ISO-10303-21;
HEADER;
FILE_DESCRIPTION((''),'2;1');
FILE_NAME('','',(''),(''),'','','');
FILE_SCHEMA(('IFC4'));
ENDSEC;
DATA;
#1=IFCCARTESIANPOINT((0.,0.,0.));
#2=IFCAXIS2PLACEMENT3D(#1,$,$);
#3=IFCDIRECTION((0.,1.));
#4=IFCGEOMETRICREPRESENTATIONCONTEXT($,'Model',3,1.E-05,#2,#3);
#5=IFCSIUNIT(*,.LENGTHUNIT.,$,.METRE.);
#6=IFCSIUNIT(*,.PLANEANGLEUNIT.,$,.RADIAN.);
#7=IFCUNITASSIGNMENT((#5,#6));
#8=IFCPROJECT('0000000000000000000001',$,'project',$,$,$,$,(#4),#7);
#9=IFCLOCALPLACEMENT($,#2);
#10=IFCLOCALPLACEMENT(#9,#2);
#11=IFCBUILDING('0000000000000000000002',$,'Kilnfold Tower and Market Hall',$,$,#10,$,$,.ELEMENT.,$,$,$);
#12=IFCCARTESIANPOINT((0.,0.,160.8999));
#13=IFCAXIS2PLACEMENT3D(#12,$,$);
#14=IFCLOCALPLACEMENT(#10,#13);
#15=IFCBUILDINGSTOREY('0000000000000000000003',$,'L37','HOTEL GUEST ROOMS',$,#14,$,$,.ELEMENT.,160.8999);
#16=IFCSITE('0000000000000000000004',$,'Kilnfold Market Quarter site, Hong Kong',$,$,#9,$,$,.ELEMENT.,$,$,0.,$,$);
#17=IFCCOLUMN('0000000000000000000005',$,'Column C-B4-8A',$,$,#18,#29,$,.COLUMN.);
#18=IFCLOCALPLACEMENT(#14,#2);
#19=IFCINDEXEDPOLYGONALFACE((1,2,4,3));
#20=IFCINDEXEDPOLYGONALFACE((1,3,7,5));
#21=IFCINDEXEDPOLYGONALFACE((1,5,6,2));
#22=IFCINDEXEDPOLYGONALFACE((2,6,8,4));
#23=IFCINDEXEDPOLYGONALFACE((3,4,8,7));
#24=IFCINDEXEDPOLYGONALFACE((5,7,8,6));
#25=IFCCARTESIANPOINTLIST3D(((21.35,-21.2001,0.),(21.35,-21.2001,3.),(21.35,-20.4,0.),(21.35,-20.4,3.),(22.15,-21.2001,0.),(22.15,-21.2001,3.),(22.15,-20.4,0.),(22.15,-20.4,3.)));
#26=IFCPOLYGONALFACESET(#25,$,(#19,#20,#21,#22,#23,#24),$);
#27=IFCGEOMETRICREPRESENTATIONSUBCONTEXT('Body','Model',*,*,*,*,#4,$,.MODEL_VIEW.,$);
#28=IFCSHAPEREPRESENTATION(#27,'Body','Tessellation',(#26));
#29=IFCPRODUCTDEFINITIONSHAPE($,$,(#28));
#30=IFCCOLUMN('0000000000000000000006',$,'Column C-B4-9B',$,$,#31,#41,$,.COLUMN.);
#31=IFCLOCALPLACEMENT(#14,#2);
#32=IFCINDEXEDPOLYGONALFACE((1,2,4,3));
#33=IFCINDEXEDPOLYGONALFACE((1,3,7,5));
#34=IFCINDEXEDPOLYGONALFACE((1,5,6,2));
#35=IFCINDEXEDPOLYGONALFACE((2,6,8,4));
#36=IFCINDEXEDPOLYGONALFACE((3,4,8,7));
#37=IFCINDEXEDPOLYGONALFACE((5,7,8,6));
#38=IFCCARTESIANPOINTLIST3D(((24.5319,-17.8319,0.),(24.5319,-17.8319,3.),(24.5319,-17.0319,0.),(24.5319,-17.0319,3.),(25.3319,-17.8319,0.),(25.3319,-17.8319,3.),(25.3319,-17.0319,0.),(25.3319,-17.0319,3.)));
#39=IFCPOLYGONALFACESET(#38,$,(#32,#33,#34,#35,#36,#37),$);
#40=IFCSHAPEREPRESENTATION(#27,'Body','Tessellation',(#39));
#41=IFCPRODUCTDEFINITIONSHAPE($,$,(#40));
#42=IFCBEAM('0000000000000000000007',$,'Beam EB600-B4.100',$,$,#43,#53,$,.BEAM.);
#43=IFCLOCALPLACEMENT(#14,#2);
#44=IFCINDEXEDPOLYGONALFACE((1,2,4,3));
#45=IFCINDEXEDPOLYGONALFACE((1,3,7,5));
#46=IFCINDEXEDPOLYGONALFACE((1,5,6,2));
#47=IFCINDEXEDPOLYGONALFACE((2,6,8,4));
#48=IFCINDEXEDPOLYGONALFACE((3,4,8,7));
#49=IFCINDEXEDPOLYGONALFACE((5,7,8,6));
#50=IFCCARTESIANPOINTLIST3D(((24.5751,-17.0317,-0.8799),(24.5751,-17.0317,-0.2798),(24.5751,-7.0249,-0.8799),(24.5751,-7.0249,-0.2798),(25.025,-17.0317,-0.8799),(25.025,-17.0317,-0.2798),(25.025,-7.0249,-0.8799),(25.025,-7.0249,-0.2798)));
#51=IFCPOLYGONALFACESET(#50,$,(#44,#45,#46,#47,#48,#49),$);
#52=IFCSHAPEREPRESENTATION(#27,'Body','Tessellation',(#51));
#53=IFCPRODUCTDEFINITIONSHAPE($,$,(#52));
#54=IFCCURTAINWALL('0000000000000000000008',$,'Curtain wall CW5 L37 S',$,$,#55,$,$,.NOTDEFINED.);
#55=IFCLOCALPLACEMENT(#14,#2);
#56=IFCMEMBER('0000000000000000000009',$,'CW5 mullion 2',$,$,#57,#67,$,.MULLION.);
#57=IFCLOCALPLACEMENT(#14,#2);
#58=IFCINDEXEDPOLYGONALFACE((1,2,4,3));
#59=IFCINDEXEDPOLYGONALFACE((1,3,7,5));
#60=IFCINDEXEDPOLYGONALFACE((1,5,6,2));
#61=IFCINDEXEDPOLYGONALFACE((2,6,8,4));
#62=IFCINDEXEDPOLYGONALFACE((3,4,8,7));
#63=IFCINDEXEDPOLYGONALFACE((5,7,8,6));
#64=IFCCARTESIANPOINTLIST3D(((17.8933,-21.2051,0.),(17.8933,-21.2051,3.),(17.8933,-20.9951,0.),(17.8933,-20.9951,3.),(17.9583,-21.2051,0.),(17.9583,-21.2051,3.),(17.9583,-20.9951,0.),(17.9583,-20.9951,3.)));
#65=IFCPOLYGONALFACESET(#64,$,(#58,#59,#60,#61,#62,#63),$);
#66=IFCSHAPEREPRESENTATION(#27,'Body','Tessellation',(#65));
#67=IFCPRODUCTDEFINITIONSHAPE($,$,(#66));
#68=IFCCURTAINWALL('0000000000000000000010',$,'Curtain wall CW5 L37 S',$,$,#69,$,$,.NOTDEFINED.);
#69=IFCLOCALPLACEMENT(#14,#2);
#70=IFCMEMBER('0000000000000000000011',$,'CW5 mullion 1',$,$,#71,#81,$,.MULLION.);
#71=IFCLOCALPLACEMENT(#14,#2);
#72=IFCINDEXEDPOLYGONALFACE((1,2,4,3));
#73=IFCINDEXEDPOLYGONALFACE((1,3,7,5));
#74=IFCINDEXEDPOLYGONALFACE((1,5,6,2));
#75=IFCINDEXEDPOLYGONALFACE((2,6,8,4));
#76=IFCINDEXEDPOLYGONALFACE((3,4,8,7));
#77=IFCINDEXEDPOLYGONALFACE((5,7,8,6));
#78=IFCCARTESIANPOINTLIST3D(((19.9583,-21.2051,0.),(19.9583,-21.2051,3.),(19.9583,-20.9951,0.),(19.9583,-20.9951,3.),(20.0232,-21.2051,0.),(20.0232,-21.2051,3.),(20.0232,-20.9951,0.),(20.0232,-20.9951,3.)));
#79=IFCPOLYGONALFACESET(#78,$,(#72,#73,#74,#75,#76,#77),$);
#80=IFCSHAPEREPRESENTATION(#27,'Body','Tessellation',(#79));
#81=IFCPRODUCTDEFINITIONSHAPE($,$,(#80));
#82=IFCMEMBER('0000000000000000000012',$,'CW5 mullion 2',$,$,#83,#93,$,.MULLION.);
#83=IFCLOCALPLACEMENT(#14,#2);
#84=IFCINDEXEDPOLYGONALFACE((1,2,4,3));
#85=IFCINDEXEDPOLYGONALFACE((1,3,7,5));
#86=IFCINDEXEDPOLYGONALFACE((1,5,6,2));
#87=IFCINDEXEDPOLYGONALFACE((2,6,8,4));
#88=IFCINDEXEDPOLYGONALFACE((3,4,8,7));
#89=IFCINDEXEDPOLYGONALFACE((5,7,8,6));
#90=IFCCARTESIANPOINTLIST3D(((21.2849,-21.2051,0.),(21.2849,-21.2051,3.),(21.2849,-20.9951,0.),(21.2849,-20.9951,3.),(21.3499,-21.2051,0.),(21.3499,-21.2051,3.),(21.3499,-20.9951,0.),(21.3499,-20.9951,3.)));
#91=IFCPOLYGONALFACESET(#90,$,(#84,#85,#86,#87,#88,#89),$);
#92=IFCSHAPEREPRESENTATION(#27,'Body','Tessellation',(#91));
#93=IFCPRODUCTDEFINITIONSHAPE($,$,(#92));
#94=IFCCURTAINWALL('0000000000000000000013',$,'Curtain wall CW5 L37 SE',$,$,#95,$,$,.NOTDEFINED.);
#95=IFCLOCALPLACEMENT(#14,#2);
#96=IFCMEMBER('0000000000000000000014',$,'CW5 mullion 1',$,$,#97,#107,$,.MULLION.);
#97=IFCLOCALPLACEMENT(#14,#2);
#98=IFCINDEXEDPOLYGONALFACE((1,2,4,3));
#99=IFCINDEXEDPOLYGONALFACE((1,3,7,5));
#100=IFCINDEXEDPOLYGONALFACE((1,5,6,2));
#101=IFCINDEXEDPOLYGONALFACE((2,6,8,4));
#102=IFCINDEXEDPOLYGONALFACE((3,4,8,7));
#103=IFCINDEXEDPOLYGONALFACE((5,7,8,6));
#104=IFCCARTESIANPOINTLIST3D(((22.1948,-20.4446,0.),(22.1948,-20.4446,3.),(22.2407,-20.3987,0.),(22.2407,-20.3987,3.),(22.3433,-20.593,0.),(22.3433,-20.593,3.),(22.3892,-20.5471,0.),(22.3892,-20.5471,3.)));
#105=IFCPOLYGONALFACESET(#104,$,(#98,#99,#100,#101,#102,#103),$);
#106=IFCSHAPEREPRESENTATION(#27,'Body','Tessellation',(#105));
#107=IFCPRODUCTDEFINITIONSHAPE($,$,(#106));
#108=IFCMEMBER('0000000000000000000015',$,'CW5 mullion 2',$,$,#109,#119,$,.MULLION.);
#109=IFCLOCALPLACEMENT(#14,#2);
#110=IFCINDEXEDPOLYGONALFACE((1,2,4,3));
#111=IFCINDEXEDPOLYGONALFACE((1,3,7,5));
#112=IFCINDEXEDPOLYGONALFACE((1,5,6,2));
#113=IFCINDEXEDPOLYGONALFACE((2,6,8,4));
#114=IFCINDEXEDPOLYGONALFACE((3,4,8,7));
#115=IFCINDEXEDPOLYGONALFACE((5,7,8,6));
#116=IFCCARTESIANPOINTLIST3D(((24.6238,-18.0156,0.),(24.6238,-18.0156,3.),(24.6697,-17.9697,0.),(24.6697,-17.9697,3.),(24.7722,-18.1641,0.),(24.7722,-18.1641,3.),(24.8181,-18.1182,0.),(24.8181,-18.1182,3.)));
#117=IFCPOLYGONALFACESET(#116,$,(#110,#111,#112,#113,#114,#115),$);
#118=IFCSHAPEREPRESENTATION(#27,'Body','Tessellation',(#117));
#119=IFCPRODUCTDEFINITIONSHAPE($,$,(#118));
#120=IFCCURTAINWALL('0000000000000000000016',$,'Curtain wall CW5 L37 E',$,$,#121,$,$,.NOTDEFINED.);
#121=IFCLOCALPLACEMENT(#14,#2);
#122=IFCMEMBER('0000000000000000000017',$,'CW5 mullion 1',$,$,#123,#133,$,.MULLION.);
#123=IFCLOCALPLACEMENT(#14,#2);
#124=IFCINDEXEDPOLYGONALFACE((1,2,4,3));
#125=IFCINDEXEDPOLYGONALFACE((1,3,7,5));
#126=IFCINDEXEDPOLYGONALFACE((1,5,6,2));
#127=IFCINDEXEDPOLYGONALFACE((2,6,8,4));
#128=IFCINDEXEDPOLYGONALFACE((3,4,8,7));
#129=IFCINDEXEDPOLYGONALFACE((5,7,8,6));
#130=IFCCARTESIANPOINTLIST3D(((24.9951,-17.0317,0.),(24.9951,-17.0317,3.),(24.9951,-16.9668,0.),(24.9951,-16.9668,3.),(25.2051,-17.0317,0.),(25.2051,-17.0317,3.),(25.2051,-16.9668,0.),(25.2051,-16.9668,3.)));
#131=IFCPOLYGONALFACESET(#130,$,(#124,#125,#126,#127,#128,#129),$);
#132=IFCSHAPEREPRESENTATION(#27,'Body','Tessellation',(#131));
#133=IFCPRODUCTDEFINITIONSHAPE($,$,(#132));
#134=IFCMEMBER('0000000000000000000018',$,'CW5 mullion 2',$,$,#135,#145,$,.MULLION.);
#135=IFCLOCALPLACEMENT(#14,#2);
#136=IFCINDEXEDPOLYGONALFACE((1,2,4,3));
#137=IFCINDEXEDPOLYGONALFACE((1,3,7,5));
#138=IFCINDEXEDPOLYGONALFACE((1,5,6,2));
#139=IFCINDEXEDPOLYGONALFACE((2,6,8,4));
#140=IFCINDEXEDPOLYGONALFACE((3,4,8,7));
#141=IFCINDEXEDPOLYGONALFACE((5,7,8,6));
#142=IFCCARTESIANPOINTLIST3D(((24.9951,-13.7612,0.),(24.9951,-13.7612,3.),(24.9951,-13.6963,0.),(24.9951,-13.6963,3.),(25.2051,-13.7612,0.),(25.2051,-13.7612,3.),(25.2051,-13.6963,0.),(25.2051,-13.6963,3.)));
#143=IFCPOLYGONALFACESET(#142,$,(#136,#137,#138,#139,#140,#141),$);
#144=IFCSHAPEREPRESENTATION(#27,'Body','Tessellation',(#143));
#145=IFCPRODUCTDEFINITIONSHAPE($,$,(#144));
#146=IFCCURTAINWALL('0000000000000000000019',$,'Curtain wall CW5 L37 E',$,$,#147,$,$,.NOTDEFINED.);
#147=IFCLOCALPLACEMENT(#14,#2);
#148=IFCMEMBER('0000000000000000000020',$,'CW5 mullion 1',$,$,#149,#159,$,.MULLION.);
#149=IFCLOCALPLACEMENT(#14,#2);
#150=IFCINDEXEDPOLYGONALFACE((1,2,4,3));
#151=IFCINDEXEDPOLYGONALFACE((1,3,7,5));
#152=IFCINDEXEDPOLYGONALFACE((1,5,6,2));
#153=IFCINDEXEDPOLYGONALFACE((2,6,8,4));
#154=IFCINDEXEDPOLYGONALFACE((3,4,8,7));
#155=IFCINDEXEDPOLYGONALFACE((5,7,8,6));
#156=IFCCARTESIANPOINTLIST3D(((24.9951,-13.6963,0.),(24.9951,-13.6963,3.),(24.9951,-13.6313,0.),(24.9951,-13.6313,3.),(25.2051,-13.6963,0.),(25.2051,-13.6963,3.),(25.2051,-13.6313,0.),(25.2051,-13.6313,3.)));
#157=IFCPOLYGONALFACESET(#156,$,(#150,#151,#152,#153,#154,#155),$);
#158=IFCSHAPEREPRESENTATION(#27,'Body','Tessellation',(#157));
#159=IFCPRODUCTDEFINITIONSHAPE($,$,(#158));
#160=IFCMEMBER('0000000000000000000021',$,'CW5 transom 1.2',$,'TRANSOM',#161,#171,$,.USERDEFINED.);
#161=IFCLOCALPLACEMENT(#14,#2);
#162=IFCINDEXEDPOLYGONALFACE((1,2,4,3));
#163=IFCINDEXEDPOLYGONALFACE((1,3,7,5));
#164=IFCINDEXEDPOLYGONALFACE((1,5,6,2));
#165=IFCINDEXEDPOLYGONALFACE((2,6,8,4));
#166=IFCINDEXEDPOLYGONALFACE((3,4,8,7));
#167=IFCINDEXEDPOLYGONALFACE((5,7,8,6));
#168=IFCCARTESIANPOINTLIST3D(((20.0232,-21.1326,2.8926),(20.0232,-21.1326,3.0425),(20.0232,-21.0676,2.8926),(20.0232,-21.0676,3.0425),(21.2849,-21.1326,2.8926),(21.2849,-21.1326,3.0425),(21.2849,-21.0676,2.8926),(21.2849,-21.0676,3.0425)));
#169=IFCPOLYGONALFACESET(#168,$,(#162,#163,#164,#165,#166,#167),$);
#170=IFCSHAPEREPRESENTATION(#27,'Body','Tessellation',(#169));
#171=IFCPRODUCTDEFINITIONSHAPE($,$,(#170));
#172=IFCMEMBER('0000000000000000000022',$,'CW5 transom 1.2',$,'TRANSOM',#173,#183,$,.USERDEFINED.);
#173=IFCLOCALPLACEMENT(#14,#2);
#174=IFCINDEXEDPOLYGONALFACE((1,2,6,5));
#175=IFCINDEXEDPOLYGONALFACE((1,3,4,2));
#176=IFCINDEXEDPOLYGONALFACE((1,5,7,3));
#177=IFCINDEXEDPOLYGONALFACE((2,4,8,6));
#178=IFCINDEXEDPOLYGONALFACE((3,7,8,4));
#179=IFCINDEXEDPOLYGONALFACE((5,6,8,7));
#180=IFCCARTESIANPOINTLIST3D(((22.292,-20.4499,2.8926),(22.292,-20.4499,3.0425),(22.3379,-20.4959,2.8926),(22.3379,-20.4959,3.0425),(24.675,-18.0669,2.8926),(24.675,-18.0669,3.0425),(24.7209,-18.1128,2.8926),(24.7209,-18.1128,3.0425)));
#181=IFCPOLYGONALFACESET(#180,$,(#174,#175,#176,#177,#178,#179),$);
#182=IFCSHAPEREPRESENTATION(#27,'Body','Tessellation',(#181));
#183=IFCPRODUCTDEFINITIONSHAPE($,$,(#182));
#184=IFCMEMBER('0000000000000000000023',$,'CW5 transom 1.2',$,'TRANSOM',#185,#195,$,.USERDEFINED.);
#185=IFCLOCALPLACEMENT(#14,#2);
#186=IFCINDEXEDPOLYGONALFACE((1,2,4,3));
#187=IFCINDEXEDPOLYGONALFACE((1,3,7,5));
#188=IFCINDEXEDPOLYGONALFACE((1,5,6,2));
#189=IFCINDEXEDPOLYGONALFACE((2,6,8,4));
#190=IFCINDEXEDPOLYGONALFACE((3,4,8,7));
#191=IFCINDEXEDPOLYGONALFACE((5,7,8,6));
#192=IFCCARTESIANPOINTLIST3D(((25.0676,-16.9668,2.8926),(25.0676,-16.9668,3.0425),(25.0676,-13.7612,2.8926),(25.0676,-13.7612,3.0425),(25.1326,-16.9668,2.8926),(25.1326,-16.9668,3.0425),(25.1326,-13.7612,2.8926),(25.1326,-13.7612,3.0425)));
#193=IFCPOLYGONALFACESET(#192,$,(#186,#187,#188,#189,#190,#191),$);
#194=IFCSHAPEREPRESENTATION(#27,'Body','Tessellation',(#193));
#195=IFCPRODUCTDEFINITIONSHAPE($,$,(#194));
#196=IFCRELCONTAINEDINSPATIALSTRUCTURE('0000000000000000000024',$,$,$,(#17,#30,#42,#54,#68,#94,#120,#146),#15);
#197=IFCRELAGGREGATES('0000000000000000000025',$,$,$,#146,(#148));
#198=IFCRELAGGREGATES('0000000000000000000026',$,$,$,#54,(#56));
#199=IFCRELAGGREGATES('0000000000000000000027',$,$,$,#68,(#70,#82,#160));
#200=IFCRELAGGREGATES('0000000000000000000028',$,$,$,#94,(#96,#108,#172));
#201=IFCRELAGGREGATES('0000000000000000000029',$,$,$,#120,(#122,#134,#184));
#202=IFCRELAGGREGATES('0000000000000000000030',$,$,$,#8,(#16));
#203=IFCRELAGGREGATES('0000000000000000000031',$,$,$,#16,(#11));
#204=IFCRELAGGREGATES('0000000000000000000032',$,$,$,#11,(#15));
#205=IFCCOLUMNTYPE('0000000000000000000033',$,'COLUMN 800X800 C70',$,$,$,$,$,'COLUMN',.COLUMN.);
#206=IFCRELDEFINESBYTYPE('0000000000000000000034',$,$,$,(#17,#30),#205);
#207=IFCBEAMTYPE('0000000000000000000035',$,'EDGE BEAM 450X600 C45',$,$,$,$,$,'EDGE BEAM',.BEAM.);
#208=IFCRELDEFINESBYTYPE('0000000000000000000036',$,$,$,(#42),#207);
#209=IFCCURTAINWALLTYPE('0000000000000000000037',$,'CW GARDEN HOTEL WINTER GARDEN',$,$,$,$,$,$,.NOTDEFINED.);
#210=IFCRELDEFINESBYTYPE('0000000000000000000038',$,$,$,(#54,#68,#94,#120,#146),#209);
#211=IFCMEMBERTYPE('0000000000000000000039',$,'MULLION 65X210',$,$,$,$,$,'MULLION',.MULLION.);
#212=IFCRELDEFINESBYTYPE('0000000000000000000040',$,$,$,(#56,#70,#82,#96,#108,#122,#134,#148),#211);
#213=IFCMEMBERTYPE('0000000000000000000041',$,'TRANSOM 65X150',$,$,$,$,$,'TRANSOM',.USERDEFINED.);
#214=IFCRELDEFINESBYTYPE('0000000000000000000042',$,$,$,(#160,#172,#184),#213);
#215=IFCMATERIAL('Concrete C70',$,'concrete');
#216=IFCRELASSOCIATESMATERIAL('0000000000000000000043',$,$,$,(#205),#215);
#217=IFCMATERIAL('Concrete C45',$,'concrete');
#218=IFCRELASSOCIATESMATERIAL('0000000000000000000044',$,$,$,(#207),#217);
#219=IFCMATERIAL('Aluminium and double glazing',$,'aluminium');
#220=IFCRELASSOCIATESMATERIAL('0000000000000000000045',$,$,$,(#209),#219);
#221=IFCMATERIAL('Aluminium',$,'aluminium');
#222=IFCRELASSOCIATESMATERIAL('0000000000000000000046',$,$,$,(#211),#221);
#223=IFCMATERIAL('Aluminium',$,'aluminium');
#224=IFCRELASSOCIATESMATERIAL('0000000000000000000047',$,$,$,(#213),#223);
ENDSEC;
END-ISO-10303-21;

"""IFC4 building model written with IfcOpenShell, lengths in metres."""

from ifc_helpers import new_model, si_unit, direction, frame, origin, origin_2d, place, context, subcontext, project, spatial, rectangle, extrude, source, transform, mapped, material, material_profile, profile_set, type_object, element, aggregate, save


model = new_model("IFC4")

# Units and contexts
model_context = context("Model", 3, precision=1e-05, world=origin(), true_north=direction((0.0, 1.0)))
body_context = subcontext(model_context, "Body", "Model", "MODEL_VIEW")
ifc_project = project(units=[si_unit("LENGTHUNIT", "METRE"), si_unit("PLANEANGLEUNIT", "RADIAN")], contexts=[model_context])

# Site, building, storey
site_placement = place(None, origin())
site = spatial("IfcSite", under=ifc_project, at=site_placement, Name="Kilnfold Market Quarter site, Hong Kong", CompositionType="ELEMENT", RefElevation=0.0)
building_placement = place(site_placement, origin())
building = spatial("IfcBuilding", under=site, at=building_placement, Name="Kilnfold Tower and Market Hall", CompositionType="ELEMENT")
storey_placement = place(building_placement, frame((0.0, 0.0, 160.8999)))
storey = spatial("IfcBuildingStorey", under=building, at=storey_placement, Name="L37", Description="HOTEL GUEST ROOMS", CompositionType="ELEMENT", Elevation=160.8999)

# Columns
ifc_material_1 = material(Name="Concrete C70", Category="concrete")
ifc_material_profile_1 = material_profile(ifc_material_1, rectangle(XDim=0.8, YDim=0.8, at=origin_2d()), Name="RC 800x800")
ifc_profile_set_1 = profile_set([ifc_material_profile_1], Name="Concrete C70")
column_type = type_object("IfcColumnType", Name="COLUMN 800X800 C70", ElementType="COLUMN", PredefinedType="COLUMN", material=ifc_profile_set_1)
shared_shape_1 = source(origin(), body_context, "Body", "SweptSolid", [
    extrude(rectangle(XDim=0.8, YDim=0.8, at=origin_2d()), origin(), (0.0, 0.0, 1.0), 3.0),
])
for number, where, z_axis, x_axis, name in (
    (1, (21.75, -20.8, 0.0), (0.0, 0.0, 1.0), (1.0, 0.0, 0.0), "Column C-B4-8A"),
    (2, (24.9319, -17.4319, 0.0), (0.0, 0.0, 1.0), (1.0, 0.0, 0.0), "Column C-B4-9B"),
):
    element("IfcColumn", number, at=place(storey_placement, frame(where, z_axis=z_axis, x_axis=x_axis)), inside=storey, type_object=column_type, Name=name, PredefinedType="COLUMN", context=body_context, shape_type="MappedRepresentation", body=[
        mapped(shared_shape_1, transform((0.0, 0.0, 0.0))),
    ])

# Beam
ifc_material_2 = material(Name="Concrete C45", Category="concrete")
ifc_material_profile_2 = material_profile(ifc_material_2, rectangle(XDim=0.45, YDim=0.6001, at=origin_2d()), Name="RC 450x600")
ifc_profile_set_2 = profile_set([ifc_material_profile_2], Name="Concrete C45")
beam_type = type_object("IfcBeamType", Name="EDGE BEAM 450X600 C45", ElementType="EDGE BEAM", PredefinedType="BEAM", material=ifc_profile_set_2)
shared_shape_2 = source(origin(), body_context, "Body", "SweptSolid", [
    extrude(rectangle(XDim=0.45, YDim=0.6001, at=origin_2d()), origin(), (0.0, 0.0, 1.0), 10.0068),
])
beam_placement = place(storey_placement, frame((24.8, -17.0317, -0.5798), z_axis=(0.0, 1.0, 0.0), x_axis=(-1.0, 0.0, 0.0)))
element("IfcBeam", 3, at=beam_placement, inside=storey, type_object=beam_type, Name="Beam EB600-B4.100", PredefinedType="BEAM", context=body_context, shape_type="MappedRepresentation", body=[
    mapped(shared_shape_2, transform((0.0, 0.0, 0.0))),
])

# Curtain wall, member
ifc_material_3 = material(Name="Aluminium and double glazing", Category="aluminium")
curtain_wall_type = type_object("IfcCurtainWallType", Name="CW GARDEN HOTEL WINTER GARDEN", PredefinedType="NOTDEFINED", material=ifc_material_3)
curtain_wall_1_placement = place(storey_placement, origin())
curtain_wall_1 = element("IfcCurtainWall", 4, at=curtain_wall_1_placement, inside=storey, type_object=curtain_wall_type, Name="Curtain wall CW5 L37 S", PredefinedType="NOTDEFINED")
ifc_material_4 = material(Name="Aluminium", Category="aluminium")
ifc_material_profile_3 = material_profile(ifc_material_4, rectangle(XDim=0.0649, YDim=0.21, at=origin_2d()), Name="MULLION 65x210")
ifc_profile_set_3 = profile_set([ifc_material_profile_3], Name="Aluminium")
member_type_1 = type_object("IfcMemberType", Name="MULLION 65X210", ElementType="MULLION", PredefinedType="MULLION", material=ifc_profile_set_3)
shared_shape_3 = source(origin(), body_context, "Body", "SweptSolid", [
    extrude(rectangle(XDim=0.0649, YDim=0.21, at=origin_2d()), origin(), (0.0, 0.0, 1.0), 3.0),
])
member_1_placement = place(storey_placement, frame((17.9258, -21.1001, 0.0), z_axis=(0.0, 0.0, 1.0), x_axis=(1.0, 0.0, 0.0)))
member_1 = element("IfcMember", 5, at=member_1_placement, type_object=member_type_1, Name="CW5 mullion 2", PredefinedType="MULLION", context=body_context, shape_type="MappedRepresentation", body=[
    mapped(shared_shape_3, transform((0.0, 0.0, 0.0))),
])

# Curtain walls, members
curtain_wall_2_placement = place(storey_placement, origin())
curtain_wall_2 = element("IfcCurtainWall", 6, at=curtain_wall_2_placement, inside=storey, type_object=curtain_wall_type, Name="Curtain wall CW5 L37 S", PredefinedType="NOTDEFINED")
member_2_placement = place(storey_placement, frame((19.9907, -21.1001, 0.0), z_axis=(0.0, 0.0, 1.0), x_axis=(1.0, 0.0, 0.0)))
member_2 = element("IfcMember", 7, at=member_2_placement, type_object=member_type_1, Name="CW5 mullion 1", PredefinedType="MULLION", context=body_context, shape_type="MappedRepresentation", body=[
    mapped(shared_shape_3, transform((0.0, 0.0, 0.0))),
])
member_3_placement = place(storey_placement, frame((21.3174, -21.1001, 0.0), z_axis=(0.0, 0.0, 1.0), x_axis=(1.0, 0.0, 0.0)))
member_3 = element("IfcMember", 8, at=member_3_placement, type_object=member_type_1, Name="CW5 mullion 2", PredefinedType="MULLION", context=body_context, shape_type="MappedRepresentation", body=[
    mapped(shared_shape_3, transform((0.0, 0.0, 0.0))),
])
curtain_wall_3_placement = place(storey_placement, origin())
curtain_wall_3 = element("IfcCurtainWall", 9, at=curtain_wall_3_placement, inside=storey, type_object=curtain_wall_type, Name="Curtain wall CW5 L37 SE", PredefinedType="NOTDEFINED")
member_4_placement = place(storey_placement, frame((22.292, -20.4958, 0.0), z_axis=(0.0, 0.0, 1.0), x_axis=(0.707121, 0.707092, 0.0)))
member_4 = element("IfcMember", 10, at=member_4_placement, type_object=member_type_1, Name="CW5 mullion 1", PredefinedType="MULLION", context=body_context, shape_type="MappedRepresentation", body=[
    mapped(shared_shape_3, transform((0.0, 0.0, 0.0))),
])
member_5_placement = place(storey_placement, frame((24.7209, -18.0669, 0.0), z_axis=(0.0, 0.0, 1.0), x_axis=(0.707121, 0.707092, 0.0)))
member_5 = element("IfcMember", 11, at=member_5_placement, type_object=member_type_1, Name="CW5 mullion 2", PredefinedType="MULLION", context=body_context, shape_type="MappedRepresentation", body=[
    mapped(shared_shape_3, transform((0.0, 0.0, 0.0))),
])
curtain_wall_4_placement = place(storey_placement, origin())
curtain_wall_4 = element("IfcCurtainWall", 12, at=curtain_wall_4_placement, inside=storey, type_object=curtain_wall_type, Name="Curtain wall CW5 L37 E", PredefinedType="NOTDEFINED")
member_6_placement = place(storey_placement, frame((25.1001, -16.9993, 0.0), z_axis=(0.0, 0.0, 1.0), x_axis=(0.0, 1.0, 0.0)))
member_6 = element("IfcMember", 13, at=member_6_placement, type_object=member_type_1, Name="CW5 mullion 1", PredefinedType="MULLION", context=body_context, shape_type="MappedRepresentation", body=[
    mapped(shared_shape_3, transform((0.0, 0.0, 0.0))),
])
member_7_placement = place(storey_placement, frame((25.1001, -13.7288, 0.0), z_axis=(0.0, 0.0, 1.0), x_axis=(0.0, 1.0, 0.0)))
member_7 = element("IfcMember", 14, at=member_7_placement, type_object=member_type_1, Name="CW5 mullion 2", PredefinedType="MULLION", context=body_context, shape_type="MappedRepresentation", body=[
    mapped(shared_shape_3, transform((0.0, 0.0, 0.0))),
])

# Curtain wall, member
curtain_wall_5_placement = place(storey_placement, origin())
curtain_wall_5 = element("IfcCurtainWall", 15, at=curtain_wall_5_placement, inside=storey, type_object=curtain_wall_type, Name="Curtain wall CW5 L37 E", PredefinedType="NOTDEFINED")
member_8_placement = place(storey_placement, frame((25.1001, -13.6638, 0.0), z_axis=(0.0, 0.0, 1.0), x_axis=(0.0, 1.0, 0.0)))
member_8 = element("IfcMember", 16, at=member_8_placement, type_object=member_type_1, Name="CW5 mullion 1", PredefinedType="MULLION", context=body_context, shape_type="MappedRepresentation", body=[
    mapped(shared_shape_3, transform((0.0, 0.0, 0.0))),
])

# Members
ifc_material_5 = material(Name="Aluminium", Category="aluminium")
ifc_material_profile_4 = material_profile(ifc_material_5, rectangle(XDim=0.0649, YDim=0.1499, at=origin_2d()), Name="TRANSOM 65x150")
ifc_profile_set_4 = profile_set([ifc_material_profile_4], Name="Aluminium")
member_type_2 = type_object("IfcMemberType", Name="TRANSOM 65X150", ElementType="TRANSOM", PredefinedType="USERDEFINED", material=ifc_profile_set_4)
shared_shape_4 = source(origin(), body_context, "Body", "SweptSolid", [
    extrude(rectangle(XDim=0.0649, YDim=0.1499, at=origin_2d()), origin(), (0.0, 0.0, 1.0), 1.2617),
])
member_9_placement = place(storey_placement, frame((20.0232, -21.1001, 2.9675), z_axis=(1.0, 0.0, 0.0), x_axis=(0.0, 1.0, 0.0)))
member_9 = element("IfcMember", 17, at=member_9_placement, type_object=member_type_2, Name="CW5 transom 1.2", ObjectType="TRANSOM", PredefinedType="USERDEFINED", context=body_context, shape_type="MappedRepresentation", body=[
    mapped(shared_shape_4, transform((0.0, 0.0, 0.0))),
])
shared_shape_5 = source(origin(), body_context, "Body", "SweptSolid", [
    extrude(rectangle(XDim=0.0649, YDim=0.1499, at=origin_2d()), origin(), (0.0, 0.0, 1.0), 3.3701),
])
member_10_placement = place(storey_placement, frame((22.3149, -20.4729, 2.9675), z_axis=(0.707107, 0.707107, 0.0), x_axis=(-0.707107, 0.707107, 0.0)))
member_10 = element("IfcMember", 18, at=member_10_placement, type_object=member_type_2, Name="CW5 transom 1.2", ObjectType="TRANSOM", PredefinedType="USERDEFINED", context=body_context, shape_type="MappedRepresentation", body=[
    mapped(shared_shape_5, transform((0.0, 0.0, 0.0))),
])
shared_shape_6 = source(origin(), body_context, "Body", "SweptSolid", [
    extrude(rectangle(XDim=0.0649, YDim=0.1499, at=origin_2d()), origin(), (0.0, 0.0, 1.0), 3.2056),
])
member_11_placement = place(storey_placement, frame((25.1001, -16.9668, 2.9675), z_axis=(0.0, 1.0, 0.0), x_axis=(-1.0, 0.0, 0.0)))
member_11 = element("IfcMember", 19, at=member_11_placement, type_object=member_type_2, Name="CW5 transom 1.2", ObjectType="TRANSOM", PredefinedType="USERDEFINED", context=body_context, shape_type="MappedRepresentation", body=[
    mapped(shared_shape_6, transform((0.0, 0.0, 0.0))),
])
aggregate(curtain_wall_5, [member_8])

aggregate(curtain_wall_1, [member_1])
aggregate(curtain_wall_2, [member_2, member_3, member_9])
aggregate(curtain_wall_3, [member_4, member_5, member_10])
aggregate(curtain_wall_4, [member_6, member_7, member_11])

save(model, "model.ifc")
